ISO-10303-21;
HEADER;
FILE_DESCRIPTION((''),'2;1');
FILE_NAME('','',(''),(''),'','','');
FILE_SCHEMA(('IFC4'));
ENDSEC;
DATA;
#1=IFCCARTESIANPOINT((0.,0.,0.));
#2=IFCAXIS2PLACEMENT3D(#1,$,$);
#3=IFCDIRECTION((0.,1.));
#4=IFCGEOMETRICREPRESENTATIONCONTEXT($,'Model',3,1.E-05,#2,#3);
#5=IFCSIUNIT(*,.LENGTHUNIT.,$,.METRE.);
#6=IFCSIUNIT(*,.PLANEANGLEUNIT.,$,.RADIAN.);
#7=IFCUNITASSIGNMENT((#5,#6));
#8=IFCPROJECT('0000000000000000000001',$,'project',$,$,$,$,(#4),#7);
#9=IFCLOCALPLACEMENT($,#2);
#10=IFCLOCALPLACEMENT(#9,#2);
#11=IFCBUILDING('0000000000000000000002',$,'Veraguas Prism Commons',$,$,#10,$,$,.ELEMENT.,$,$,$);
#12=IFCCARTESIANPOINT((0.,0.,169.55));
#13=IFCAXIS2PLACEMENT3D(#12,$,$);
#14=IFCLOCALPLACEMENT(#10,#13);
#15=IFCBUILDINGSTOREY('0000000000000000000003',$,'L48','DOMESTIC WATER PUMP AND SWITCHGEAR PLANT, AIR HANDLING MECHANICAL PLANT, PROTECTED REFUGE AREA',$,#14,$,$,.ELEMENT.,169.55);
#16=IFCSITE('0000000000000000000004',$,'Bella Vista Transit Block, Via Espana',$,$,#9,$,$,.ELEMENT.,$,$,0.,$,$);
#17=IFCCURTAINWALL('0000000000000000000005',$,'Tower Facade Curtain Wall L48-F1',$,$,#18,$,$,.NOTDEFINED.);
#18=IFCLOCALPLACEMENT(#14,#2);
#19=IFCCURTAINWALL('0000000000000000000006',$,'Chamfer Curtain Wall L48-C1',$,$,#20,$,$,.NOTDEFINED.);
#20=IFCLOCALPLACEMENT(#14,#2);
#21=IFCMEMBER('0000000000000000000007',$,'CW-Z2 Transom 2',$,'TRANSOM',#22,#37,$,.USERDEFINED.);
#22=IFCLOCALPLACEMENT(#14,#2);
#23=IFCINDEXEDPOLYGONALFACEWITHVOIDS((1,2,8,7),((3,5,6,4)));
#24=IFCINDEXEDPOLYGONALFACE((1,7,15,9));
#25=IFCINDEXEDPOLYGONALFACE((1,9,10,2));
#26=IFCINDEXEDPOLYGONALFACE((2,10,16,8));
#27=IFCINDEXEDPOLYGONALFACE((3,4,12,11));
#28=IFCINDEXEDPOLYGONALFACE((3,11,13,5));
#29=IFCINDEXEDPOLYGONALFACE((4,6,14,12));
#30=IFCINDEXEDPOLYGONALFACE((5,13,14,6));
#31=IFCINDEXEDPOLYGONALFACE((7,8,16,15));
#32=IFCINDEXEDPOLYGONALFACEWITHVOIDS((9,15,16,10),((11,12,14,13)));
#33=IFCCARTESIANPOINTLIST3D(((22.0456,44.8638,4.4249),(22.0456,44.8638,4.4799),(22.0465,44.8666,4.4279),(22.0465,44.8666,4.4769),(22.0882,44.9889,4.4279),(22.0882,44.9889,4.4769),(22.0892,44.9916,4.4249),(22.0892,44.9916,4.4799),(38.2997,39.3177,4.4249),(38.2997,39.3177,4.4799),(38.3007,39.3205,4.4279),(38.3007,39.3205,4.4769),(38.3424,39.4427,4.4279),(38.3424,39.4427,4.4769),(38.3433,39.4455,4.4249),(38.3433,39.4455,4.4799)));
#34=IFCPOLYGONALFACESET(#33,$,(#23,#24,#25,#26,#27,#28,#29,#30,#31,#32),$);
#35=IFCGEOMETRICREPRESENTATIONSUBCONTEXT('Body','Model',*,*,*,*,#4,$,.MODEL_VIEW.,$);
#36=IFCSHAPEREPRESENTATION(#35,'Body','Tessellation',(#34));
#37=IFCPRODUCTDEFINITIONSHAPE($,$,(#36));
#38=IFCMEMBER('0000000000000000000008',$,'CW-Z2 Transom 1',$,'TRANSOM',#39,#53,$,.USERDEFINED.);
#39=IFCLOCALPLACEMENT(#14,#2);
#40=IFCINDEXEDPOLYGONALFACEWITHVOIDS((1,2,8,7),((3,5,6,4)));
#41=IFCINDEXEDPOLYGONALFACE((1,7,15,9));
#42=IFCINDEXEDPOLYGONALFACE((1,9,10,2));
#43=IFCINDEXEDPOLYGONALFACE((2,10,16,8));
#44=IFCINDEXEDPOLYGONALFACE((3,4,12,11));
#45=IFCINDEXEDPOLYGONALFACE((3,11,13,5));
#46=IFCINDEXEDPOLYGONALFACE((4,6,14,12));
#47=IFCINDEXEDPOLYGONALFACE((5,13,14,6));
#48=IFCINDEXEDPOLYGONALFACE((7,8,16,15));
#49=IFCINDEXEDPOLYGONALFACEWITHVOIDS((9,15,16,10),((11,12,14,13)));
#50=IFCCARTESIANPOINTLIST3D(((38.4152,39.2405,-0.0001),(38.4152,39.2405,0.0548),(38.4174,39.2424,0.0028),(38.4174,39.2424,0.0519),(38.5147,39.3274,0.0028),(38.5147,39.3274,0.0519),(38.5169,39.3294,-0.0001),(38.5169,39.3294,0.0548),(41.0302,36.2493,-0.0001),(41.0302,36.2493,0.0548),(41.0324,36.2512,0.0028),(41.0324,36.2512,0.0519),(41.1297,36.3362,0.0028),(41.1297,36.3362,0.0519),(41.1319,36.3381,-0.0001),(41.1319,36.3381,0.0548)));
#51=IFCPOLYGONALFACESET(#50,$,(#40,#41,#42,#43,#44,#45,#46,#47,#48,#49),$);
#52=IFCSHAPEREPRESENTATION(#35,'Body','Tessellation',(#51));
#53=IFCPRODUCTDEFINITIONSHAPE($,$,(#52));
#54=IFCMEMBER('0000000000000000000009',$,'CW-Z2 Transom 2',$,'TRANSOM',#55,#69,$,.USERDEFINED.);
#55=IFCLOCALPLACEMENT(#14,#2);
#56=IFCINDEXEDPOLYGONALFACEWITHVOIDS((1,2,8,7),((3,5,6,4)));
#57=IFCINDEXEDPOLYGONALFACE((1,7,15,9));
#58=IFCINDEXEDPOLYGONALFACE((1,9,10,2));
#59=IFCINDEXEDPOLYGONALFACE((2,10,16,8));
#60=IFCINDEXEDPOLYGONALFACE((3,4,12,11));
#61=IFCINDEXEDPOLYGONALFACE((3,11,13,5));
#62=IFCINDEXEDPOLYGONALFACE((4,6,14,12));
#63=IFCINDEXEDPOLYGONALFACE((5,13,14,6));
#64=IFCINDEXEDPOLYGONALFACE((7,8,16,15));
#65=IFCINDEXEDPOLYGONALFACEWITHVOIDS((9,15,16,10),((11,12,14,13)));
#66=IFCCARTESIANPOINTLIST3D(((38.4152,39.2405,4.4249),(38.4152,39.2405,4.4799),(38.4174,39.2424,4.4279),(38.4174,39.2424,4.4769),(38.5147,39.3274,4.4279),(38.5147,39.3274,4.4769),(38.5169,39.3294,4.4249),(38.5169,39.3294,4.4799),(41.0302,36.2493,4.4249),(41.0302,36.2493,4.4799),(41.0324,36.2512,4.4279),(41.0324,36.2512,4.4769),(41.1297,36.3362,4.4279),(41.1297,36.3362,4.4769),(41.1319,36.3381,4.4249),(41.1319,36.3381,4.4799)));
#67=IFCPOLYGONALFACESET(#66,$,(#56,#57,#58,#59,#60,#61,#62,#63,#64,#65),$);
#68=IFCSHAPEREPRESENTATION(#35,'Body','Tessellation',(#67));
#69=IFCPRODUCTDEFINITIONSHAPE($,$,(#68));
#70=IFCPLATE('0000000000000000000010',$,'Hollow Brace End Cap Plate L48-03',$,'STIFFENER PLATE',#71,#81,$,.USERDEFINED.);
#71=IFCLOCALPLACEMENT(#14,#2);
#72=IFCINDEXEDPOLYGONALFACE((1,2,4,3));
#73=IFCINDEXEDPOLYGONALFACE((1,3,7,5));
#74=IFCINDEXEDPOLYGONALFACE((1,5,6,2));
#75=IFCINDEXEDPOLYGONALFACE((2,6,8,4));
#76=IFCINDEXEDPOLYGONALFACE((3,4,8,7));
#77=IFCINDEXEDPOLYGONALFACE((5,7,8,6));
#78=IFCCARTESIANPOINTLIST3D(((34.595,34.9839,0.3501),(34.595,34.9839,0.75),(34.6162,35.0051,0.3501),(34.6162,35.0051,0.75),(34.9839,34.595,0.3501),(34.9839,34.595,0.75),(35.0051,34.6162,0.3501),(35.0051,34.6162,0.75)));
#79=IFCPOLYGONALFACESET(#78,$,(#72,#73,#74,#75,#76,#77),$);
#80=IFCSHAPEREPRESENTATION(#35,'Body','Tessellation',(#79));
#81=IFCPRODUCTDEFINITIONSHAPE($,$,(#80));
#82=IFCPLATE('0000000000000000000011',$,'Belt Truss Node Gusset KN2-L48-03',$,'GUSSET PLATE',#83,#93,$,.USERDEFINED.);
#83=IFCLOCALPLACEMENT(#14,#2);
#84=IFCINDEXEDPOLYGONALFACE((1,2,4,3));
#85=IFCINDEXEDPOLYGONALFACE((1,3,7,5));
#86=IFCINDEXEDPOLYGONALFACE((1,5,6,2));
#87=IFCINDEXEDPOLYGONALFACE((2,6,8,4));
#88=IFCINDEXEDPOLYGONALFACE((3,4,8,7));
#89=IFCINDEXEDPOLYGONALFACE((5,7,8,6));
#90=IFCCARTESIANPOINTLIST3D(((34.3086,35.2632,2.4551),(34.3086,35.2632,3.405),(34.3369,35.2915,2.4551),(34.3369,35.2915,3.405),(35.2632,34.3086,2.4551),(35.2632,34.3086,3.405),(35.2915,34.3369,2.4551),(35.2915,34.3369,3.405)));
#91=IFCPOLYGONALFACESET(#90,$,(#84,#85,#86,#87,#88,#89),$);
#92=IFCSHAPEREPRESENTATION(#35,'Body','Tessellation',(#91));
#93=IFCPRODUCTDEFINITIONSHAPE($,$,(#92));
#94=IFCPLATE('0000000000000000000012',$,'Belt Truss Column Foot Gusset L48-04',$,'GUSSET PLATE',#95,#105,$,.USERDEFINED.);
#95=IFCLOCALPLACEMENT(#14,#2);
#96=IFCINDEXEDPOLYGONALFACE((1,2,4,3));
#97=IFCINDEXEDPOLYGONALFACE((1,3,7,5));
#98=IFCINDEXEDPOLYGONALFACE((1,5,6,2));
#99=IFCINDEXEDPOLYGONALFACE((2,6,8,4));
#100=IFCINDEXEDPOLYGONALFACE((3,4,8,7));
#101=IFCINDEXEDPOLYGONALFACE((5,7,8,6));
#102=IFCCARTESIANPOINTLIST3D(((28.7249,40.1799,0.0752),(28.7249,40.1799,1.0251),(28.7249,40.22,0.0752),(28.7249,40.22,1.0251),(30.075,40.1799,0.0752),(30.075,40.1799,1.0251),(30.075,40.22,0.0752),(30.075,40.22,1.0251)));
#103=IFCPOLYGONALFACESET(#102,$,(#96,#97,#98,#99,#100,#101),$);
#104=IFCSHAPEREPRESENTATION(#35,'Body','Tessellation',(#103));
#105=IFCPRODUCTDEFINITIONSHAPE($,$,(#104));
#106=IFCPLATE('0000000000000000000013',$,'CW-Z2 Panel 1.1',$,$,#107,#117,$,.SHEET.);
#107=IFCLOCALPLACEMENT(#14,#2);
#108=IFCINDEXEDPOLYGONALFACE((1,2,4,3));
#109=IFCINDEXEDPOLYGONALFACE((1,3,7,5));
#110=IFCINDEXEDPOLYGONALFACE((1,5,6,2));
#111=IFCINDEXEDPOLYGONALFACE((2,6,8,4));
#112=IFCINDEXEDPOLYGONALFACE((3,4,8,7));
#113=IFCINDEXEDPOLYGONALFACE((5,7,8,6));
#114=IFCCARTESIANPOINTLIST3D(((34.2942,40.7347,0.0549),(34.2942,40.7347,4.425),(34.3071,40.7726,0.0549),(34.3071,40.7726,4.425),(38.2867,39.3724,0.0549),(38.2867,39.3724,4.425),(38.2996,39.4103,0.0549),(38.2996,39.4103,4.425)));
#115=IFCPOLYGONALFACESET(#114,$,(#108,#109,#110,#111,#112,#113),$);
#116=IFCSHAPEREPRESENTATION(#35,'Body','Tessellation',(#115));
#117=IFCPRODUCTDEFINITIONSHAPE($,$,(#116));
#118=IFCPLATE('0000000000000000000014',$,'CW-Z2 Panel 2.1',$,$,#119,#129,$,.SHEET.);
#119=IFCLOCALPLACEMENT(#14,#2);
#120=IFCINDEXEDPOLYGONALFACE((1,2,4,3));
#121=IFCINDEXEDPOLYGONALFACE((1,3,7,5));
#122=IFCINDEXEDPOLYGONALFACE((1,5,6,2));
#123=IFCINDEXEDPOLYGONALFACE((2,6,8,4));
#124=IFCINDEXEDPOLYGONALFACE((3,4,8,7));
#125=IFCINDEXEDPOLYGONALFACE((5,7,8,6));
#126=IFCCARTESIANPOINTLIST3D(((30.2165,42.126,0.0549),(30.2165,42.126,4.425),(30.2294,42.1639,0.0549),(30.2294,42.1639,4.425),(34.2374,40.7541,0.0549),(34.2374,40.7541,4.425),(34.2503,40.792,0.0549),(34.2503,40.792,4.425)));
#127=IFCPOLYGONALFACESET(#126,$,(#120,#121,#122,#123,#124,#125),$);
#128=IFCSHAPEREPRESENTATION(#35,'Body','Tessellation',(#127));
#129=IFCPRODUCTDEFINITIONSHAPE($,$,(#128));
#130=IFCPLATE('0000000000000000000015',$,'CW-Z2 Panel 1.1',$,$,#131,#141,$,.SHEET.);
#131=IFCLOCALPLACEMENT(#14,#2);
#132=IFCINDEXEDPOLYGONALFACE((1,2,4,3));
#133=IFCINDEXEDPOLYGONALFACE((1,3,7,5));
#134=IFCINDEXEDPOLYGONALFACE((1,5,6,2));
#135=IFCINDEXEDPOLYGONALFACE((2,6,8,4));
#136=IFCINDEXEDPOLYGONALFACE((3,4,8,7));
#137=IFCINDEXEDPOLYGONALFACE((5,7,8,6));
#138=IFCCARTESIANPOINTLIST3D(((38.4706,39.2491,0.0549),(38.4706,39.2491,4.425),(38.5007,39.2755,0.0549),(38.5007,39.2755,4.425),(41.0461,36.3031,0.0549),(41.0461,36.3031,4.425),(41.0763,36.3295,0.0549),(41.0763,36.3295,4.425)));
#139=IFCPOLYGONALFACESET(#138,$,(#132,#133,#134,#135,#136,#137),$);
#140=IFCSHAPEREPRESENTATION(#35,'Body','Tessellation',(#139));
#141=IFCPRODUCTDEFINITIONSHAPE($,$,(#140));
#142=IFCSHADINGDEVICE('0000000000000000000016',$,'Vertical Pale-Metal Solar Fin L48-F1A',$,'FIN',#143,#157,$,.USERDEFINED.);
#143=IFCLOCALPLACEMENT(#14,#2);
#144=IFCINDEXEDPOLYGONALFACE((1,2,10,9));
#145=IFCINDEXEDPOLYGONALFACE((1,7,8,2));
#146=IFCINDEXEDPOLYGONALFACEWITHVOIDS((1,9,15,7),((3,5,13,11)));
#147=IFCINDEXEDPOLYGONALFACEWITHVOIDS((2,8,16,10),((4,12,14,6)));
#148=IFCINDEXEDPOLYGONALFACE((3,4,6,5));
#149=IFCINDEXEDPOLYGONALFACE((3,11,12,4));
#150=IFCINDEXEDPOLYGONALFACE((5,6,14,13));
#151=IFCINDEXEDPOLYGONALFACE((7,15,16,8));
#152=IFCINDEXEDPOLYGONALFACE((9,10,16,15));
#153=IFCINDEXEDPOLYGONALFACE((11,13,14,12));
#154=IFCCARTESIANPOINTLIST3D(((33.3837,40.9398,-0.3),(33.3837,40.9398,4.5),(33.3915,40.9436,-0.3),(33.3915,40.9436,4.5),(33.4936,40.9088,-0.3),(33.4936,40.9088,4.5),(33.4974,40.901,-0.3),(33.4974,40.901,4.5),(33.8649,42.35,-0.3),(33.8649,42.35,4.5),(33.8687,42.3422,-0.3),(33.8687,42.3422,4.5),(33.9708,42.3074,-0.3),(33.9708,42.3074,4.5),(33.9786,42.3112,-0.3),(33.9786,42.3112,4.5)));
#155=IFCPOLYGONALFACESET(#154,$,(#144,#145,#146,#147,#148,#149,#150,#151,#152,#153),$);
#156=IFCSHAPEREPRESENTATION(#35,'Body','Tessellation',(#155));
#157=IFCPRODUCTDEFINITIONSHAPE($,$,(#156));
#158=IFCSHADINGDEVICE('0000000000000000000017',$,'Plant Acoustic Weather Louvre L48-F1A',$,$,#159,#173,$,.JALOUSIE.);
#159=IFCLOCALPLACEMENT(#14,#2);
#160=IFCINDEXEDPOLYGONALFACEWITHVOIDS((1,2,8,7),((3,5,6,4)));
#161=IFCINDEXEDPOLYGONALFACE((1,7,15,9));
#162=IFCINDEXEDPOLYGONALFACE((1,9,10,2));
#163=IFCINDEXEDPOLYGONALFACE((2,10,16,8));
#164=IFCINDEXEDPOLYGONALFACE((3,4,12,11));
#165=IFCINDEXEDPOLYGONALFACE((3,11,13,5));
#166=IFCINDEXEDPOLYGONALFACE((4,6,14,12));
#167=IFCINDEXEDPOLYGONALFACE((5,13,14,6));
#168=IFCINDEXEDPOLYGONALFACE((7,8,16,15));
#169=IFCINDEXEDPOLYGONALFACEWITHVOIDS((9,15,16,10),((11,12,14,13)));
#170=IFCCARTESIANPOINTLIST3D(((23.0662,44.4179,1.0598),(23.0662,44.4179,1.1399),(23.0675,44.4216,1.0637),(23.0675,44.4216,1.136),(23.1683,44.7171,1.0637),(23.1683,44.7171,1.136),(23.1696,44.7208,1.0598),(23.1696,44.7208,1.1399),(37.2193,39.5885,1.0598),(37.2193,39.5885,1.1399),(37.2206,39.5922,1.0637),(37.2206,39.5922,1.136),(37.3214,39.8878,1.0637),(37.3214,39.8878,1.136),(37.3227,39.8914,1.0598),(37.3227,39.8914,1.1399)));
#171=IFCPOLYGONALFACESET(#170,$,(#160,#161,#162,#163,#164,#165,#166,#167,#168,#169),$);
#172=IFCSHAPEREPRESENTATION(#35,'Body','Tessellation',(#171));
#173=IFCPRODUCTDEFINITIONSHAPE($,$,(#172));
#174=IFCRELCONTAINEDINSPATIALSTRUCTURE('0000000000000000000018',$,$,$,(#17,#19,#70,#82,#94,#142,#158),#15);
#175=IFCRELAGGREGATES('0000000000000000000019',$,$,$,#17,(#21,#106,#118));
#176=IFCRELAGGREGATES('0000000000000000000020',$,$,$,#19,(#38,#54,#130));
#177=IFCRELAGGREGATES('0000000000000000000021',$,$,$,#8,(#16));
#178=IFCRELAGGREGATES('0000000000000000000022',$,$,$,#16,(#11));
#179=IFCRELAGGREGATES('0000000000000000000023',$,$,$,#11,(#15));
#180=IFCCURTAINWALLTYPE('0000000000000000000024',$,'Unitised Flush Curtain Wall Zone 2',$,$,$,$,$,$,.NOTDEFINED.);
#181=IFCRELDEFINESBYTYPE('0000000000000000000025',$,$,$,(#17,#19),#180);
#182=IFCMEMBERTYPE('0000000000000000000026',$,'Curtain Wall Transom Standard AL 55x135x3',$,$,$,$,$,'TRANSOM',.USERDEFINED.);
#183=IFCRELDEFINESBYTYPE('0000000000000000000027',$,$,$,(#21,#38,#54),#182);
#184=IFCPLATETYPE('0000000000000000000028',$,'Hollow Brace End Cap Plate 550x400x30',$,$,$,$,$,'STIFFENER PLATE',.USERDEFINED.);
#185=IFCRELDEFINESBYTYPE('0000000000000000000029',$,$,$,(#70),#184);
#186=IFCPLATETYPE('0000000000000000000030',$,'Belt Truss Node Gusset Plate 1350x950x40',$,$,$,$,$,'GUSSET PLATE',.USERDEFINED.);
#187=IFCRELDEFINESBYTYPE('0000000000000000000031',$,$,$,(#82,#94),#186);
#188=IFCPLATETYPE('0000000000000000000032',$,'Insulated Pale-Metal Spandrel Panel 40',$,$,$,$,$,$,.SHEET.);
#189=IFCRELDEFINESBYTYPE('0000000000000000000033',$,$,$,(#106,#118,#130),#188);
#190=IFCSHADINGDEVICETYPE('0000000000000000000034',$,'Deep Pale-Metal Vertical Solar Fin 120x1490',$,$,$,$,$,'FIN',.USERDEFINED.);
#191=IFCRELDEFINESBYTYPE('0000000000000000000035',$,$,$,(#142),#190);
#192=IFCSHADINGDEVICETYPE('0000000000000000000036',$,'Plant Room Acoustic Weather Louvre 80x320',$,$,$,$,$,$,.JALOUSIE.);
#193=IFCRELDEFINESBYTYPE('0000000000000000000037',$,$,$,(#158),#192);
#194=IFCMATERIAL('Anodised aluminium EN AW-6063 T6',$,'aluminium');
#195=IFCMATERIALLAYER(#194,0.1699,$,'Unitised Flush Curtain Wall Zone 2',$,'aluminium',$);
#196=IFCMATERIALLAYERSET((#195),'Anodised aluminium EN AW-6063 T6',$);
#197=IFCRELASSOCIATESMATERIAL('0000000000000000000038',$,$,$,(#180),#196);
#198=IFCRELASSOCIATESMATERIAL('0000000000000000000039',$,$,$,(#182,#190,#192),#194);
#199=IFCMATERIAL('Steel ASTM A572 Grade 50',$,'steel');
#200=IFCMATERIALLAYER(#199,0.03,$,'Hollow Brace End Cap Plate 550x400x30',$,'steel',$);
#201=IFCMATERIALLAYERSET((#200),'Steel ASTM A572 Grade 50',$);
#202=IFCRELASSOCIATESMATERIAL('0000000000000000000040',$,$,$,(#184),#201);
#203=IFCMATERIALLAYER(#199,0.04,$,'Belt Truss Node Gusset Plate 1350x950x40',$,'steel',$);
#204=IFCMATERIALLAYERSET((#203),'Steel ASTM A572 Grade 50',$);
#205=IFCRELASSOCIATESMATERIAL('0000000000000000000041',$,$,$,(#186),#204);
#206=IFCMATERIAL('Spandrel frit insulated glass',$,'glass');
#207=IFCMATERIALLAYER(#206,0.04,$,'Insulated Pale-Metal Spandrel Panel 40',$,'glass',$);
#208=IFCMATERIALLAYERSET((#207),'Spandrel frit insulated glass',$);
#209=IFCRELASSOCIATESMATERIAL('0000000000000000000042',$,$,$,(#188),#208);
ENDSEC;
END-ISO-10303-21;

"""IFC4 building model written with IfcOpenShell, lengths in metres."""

from ifc_helpers import new_model, si_unit, direction, frame, origin, origin_2d, place, context, subcontext, project, spatial, rectangle, hollow_rectangle, extrude, source, transform, mapped, material, layer, layer_set, material_profile, profile_set, type_object, element, aggregate, save


model = new_model("IFC4")

# Units and contexts
model_context = context("Model", 3, precision=1e-05, world=origin(), true_north=direction((0.0, 1.0)))
body_context = subcontext(model_context, "Body", "Model", "MODEL_VIEW")
ifc_project = project(units=[si_unit("LENGTHUNIT", "METRE"), si_unit("PLANEANGLEUNIT", "RADIAN")], contexts=[model_context])

# Site, building, storey
site_placement = place(None, origin())
site = spatial("IfcSite", under=ifc_project, at=site_placement, Name="Bella Vista Transit Block, Via Espana", CompositionType="ELEMENT", RefElevation=0.0)
building_placement = place(site_placement, origin())
building = spatial("IfcBuilding", under=site, at=building_placement, Name="Veraguas Prism Commons", CompositionType="ELEMENT")
storey_placement = place(building_placement, frame((0.0, 0.0, 169.55)))
storey = spatial("IfcBuildingStorey", under=building, at=storey_placement, Name="L48", Description="DOMESTIC WATER PUMP AND SWITCHGEAR PLANT, AIR HANDLING MECHANICAL PLANT, PROTECTED REFUGE AREA", CompositionType="ELEMENT", Elevation=169.55)

# Curtain wall
ifc_material_1 = material(Name="Anodised aluminium EN AW-6063 T6", Category="aluminium")
ifc_layer_1 = layer(ifc_material_1, 0.1699, Name="Unitised Flush Curtain Wall Zone 2", Category="aluminium")
ifc_layer_set_1 = layer_set([ifc_layer_1], Name="Anodised aluminium EN AW-6063 T6")
curtain_wall_type = type_object("IfcCurtainWallType", Name="Unitised Flush Curtain Wall Zone 2", PredefinedType="NOTDEFINED", material=ifc_layer_set_1)
curtain_wall_1_placement = place(storey_placement, origin())
curtain_wall_1 = element("IfcCurtainWall", 1, at=curtain_wall_1_placement, inside=storey, type_object=curtain_wall_type, Name="Tower Facade Curtain Wall L48-F1", PredefinedType="NOTDEFINED")

# Curtain wall
curtain_wall_2_placement = place(storey_placement, origin())
curtain_wall_2 = element("IfcCurtainWall", 2, at=curtain_wall_2_placement, inside=storey, type_object=curtain_wall_type, Name="Chamfer Curtain Wall L48-C1", PredefinedType="NOTDEFINED")

# Members
ifc_material_profile_1 = material_profile(ifc_material_1, hollow_rectangle(XDim=0.0549, YDim=0.135, WallThickness=0.0029, at=origin_2d()), Name="AL55X135X3")
ifc_profile_set_1 = profile_set([ifc_material_profile_1], Name="Anodised aluminium EN AW-6063 T6")
member_type_1 = type_object("IfcMemberType", Name="Curtain Wall Transom Standard AL 55x135x3", ElementType="TRANSOM", PredefinedType="USERDEFINED", material=ifc_profile_set_1)
shared_shape_1 = source(origin(), body_context, "Body", "SweptSolid", [
    extrude(hollow_rectangle(XDim=0.0549, YDim=0.135, WallThickness=0.0029, at=origin_2d()), origin(), (0.0, 0.0, 1.0), 17.1743),
])
member_1_placement = place(storey_placement, frame((38.3215, 39.3816, 4.4524), z_axis=(-0.946422, 0.322932, 0.0), x_axis=(0.0, 0.0, 1.0)))
member_1 = element("IfcMember", 3, at=member_1_placement, type_object=member_type_1, Name="CW-Z2 Transom 2", ObjectType="TRANSOM", PredefinedType="USERDEFINED", context=body_context, shape_type="MappedRepresentation", body=[
    mapped(shared_shape_1, transform((0.0, 0.0, 0.0), scale=1.0)),
])
shared_shape_2 = source(origin(), body_context, "Body", "SweptSolid", [
    extrude(hollow_rectangle(XDim=0.0549, YDim=0.135, WallThickness=0.0029, at=origin_2d()), origin(), (0.0, 0.0, 1.0), 3.9731),
])
member_2_placement = place(storey_placement, frame((41.0811, 36.2937, 0.0273), z_axis=(-0.658174, 0.752866, 0.0), x_axis=(0.0, 0.0, 1.0)))
member_2 = element("IfcMember", 4, at=member_2_placement, type_object=member_type_1, Name="CW-Z2 Transom 1", ObjectType="TRANSOM", PredefinedType="USERDEFINED", context=body_context, shape_type="MappedRepresentation", body=[
    mapped(shared_shape_2, transform((0.0, 0.0, 0.0), scale=1.0)),
])
member_3_placement = place(storey_placement, frame((41.0811, 36.2937, 4.4524), z_axis=(-0.658174, 0.752866, 0.0), x_axis=(0.0, 0.0, 1.0)))
member_3 = element("IfcMember", 5, at=member_3_placement, type_object=member_type_1, Name="CW-Z2 Transom 2", ObjectType="TRANSOM", PredefinedType="USERDEFINED", context=body_context, shape_type="MappedRepresentation", body=[
    mapped(shared_shape_2, transform((0.0, 0.0, 0.0), scale=1.0)),
])

# Plates
ifc_material_2 = material(Name="Steel ASTM A572 Grade 50", Category="steel")
ifc_layer_2 = layer(ifc_material_2, 0.03, Name="Hollow Brace End Cap Plate 550x400x30", Category="steel")
ifc_layer_set_2 = layer_set([ifc_layer_2], Name="Steel ASTM A572 Grade 50")
plate_type_1 = type_object("IfcPlateType", Name="Hollow Brace End Cap Plate 550x400x30", ElementType="STIFFENER PLATE", PredefinedType="USERDEFINED", material=ifc_layer_set_2)
shared_shape_3 = source(origin(), body_context, "Body", "SweptSolid", [
    extrude(rectangle(XDim=0.55, YDim=0.03, at=origin_2d()), origin(), (0.0, 0.0, 1.0), 0.3999),
])
plate_1_placement = place(storey_placement, frame((34.8, 34.8, 0.3501), z_axis=(0.0, 0.0, 1.0), x_axis=(-0.707107, 0.707107, 0.0)))
element("IfcPlate", 6, at=plate_1_placement, inside=storey, type_object=plate_type_1, Name="Hollow Brace End Cap Plate L48-03", ObjectType="STIFFENER PLATE", PredefinedType="USERDEFINED", context=body_context, shape_type="MappedRepresentation", body=[
    mapped(shared_shape_3, transform((0.0, 0.0, 0.0), scale=1.0)),
])
ifc_layer_3 = layer(ifc_material_2, 0.04, Name="Belt Truss Node Gusset Plate 1350x950x40", Category="steel")
ifc_layer_set_3 = layer_set([ifc_layer_3], Name="Steel ASTM A572 Grade 50")
plate_type_2 = type_object("IfcPlateType", Name="Belt Truss Node Gusset Plate 1350x950x40", ElementType="GUSSET PLATE", PredefinedType="USERDEFINED", material=ifc_layer_set_3)
shared_shape_4 = source(origin(), body_context, "Body", "SweptSolid", [
    extrude(rectangle(XDim=1.3501, YDim=0.04, at=origin_2d()), origin(), (0.0, 0.0, 1.0), 0.95),
])
for number, where, z_axis, x_axis, name in (
    (7, (34.8, 34.8, 2.4551), (0.0, 0.0, 1.0), (-0.707107, 0.707107, 0.0), "Belt Truss Node Gusset KN2-L48-03"),
    (8, (29.3999, 40.2, 0.0752), (0.0, 0.0, 1.0), (-1.0, 0.0, 0.0), "Belt Truss Column Foot Gusset L48-04"),
):
    element("IfcPlate", number, at=place(storey_placement, frame(where, z_axis=z_axis, x_axis=x_axis)), inside=storey, type_object=plate_type_2, Name=name, ObjectType="GUSSET PLATE", PredefinedType="USERDEFINED", context=body_context, shape_type="MappedRepresentation", body=[
        mapped(shared_shape_4, transform((0.0, 0.0, 0.0), scale=1.0)),
    ])

# Plates
ifc_material_3 = material(Name="Spandrel frit insulated glass", Category="glass")
ifc_layer_4 = layer(ifc_material_3, 0.04, Name="Insulated Pale-Metal Spandrel Panel 40", Category="glass")
ifc_layer_set_4 = layer_set([ifc_layer_4], Name="Spandrel frit insulated glass")
plate_type_3 = type_object("IfcPlateType", Name="Insulated Pale-Metal Spandrel Panel 40", PredefinedType="SHEET", material=ifc_layer_set_4)
shared_shape_5 = source(origin(), body_context, "Body", "SweptSolid", [
    extrude(rectangle(XDim=4.2185, YDim=0.04, at=origin_2d()), origin(), (0.0, 0.0, 1.0), 4.3701),
])
plate_2_placement = place(storey_placement, frame((36.2969, 40.0725, 0.0549), z_axis=(0.0, 0.0, 1.0), x_axis=(-0.946425, 0.322925, 0.0)))
plate_2 = element("IfcPlate", 9, at=plate_2_placement, type_object=plate_type_3, Name="CW-Z2 Panel 1.1", PredefinedType="SHEET", context=body_context, shape_type="MappedRepresentation", body=[
    mapped(shared_shape_5, transform((0.0, 0.0, 0.0), scale=1.0)),
])
shared_shape_6 = source(origin(), body_context, "Body", "SweptSolid", [
    extrude(rectangle(XDim=4.2485, YDim=0.04, at=origin_2d()), origin(), (0.0, 0.0, 1.0), 4.3701),
])
plate_3_placement = place(storey_placement, frame((32.2334, 41.459, 0.0549), z_axis=(0.0, 0.0, 1.0), x_axis=(-0.946425, 0.322925, 0.0)))
plate_3 = element("IfcPlate", 10, at=plate_3_placement, type_object=plate_type_3, Name="CW-Z2 Panel 2.1", PredefinedType="SHEET", context=body_context, shape_type="MappedRepresentation", body=[
    mapped(shared_shape_6, transform((0.0, 0.0, 0.0), scale=1.0)),
])
aggregate(curtain_wall_1, [member_1, plate_2, plate_3])
shared_shape_7 = source(origin(), body_context, "Body", "SweptSolid", [
    extrude(rectangle(XDim=3.9131, YDim=0.04, at=origin_2d()), origin(), (0.0, 0.0, 1.0), 4.3701),
])
plate_4_placement = place(storey_placement, frame((39.7734, 37.7893, 0.0549), z_axis=(0.0, 0.0, 1.0), x_axis=(-0.658186, 0.752855, 0.0)))
plate_4 = element("IfcPlate", 11, at=plate_4_placement, type_object=plate_type_3, Name="CW-Z2 Panel 1.1", PredefinedType="SHEET", context=body_context, shape_type="MappedRepresentation", body=[
    mapped(shared_shape_7, transform((0.0, 0.0, 0.0), scale=1.0)),
])
aggregate(curtain_wall_2, [member_2, member_3, plate_4])

# Shading devices
ifc_material_profile_2 = material_profile(ifc_material_1, hollow_rectangle(XDim=0.1201, YDim=1.49, WallThickness=0.0061, at=origin_2d()), Name="FIN120X1490X6")
ifc_profile_set_2 = profile_set([ifc_material_profile_2], Name="Anodised aluminium EN AW-6063 T6")
shading_device_type_1 = type_object("IfcShadingDeviceType", Name="Deep Pale-Metal Vertical Solar Fin 120x1490", ElementType="FIN", PredefinedType="USERDEFINED", material=ifc_profile_set_2)
shading_device_placement = place(storey_placement, frame((33.6812, 41.6255, -0.3), z_axis=(0.0, 0.0, 1.0), x_axis=(-0.946424, 0.322927, 0.0)))
element("IfcShadingDevice", 12, at=shading_device_placement, inside=storey, type_object=shading_device_type_1, Name="Vertical Pale-Metal Solar Fin L48-F1A", ObjectType="FIN", PredefinedType="USERDEFINED", context=body_context, shape_type="SweptSolid", body=[
    extrude(hollow_rectangle(XDim=0.1201, YDim=1.49, WallThickness=0.0061, at=origin_2d()), origin(), (0.0, 0.0, 1.0), 4.8),
])
ifc_material_profile_3 = material_profile(ifc_material_1, hollow_rectangle(XDim=0.0801, YDim=0.3201, WallThickness=0.0039, at=origin_2d()), Name="LVR80X320X4")
ifc_profile_set_3 = profile_set([ifc_material_profile_3], Name="Anodised aluminium EN AW-6063 T6")
shading_device_type_2 = type_object("IfcShadingDeviceType", Name="Plant Room Acoustic Weather Louvre 80x320", PredefinedType="JALOUSIE", material=ifc_profile_set_3)
for number, where, z_axis, x_axis, name in (
    (13, (37.271, 39.74, 1.0999), (-0.94642, 0.32294, 0.0), (0.0, 0.0, 1.0), "Plant Acoustic Weather Louvre L48-F1A"),
):
    element("IfcShadingDevice", number, at=place(storey_placement, frame(where, z_axis=z_axis, x_axis=x_axis)), inside=storey, type_object=shading_device_type_2, Name=name, PredefinedType="JALOUSIE", context=body_context, shape_type="SweptSolid", body=[
        extrude(hollow_rectangle(XDim=0.0801, YDim=0.3201, WallThickness=0.0039, at=origin_2d()), origin(), (0.0, 0.0, 1.0), 14.9543),
    ])

save(model, "model.ifc")
